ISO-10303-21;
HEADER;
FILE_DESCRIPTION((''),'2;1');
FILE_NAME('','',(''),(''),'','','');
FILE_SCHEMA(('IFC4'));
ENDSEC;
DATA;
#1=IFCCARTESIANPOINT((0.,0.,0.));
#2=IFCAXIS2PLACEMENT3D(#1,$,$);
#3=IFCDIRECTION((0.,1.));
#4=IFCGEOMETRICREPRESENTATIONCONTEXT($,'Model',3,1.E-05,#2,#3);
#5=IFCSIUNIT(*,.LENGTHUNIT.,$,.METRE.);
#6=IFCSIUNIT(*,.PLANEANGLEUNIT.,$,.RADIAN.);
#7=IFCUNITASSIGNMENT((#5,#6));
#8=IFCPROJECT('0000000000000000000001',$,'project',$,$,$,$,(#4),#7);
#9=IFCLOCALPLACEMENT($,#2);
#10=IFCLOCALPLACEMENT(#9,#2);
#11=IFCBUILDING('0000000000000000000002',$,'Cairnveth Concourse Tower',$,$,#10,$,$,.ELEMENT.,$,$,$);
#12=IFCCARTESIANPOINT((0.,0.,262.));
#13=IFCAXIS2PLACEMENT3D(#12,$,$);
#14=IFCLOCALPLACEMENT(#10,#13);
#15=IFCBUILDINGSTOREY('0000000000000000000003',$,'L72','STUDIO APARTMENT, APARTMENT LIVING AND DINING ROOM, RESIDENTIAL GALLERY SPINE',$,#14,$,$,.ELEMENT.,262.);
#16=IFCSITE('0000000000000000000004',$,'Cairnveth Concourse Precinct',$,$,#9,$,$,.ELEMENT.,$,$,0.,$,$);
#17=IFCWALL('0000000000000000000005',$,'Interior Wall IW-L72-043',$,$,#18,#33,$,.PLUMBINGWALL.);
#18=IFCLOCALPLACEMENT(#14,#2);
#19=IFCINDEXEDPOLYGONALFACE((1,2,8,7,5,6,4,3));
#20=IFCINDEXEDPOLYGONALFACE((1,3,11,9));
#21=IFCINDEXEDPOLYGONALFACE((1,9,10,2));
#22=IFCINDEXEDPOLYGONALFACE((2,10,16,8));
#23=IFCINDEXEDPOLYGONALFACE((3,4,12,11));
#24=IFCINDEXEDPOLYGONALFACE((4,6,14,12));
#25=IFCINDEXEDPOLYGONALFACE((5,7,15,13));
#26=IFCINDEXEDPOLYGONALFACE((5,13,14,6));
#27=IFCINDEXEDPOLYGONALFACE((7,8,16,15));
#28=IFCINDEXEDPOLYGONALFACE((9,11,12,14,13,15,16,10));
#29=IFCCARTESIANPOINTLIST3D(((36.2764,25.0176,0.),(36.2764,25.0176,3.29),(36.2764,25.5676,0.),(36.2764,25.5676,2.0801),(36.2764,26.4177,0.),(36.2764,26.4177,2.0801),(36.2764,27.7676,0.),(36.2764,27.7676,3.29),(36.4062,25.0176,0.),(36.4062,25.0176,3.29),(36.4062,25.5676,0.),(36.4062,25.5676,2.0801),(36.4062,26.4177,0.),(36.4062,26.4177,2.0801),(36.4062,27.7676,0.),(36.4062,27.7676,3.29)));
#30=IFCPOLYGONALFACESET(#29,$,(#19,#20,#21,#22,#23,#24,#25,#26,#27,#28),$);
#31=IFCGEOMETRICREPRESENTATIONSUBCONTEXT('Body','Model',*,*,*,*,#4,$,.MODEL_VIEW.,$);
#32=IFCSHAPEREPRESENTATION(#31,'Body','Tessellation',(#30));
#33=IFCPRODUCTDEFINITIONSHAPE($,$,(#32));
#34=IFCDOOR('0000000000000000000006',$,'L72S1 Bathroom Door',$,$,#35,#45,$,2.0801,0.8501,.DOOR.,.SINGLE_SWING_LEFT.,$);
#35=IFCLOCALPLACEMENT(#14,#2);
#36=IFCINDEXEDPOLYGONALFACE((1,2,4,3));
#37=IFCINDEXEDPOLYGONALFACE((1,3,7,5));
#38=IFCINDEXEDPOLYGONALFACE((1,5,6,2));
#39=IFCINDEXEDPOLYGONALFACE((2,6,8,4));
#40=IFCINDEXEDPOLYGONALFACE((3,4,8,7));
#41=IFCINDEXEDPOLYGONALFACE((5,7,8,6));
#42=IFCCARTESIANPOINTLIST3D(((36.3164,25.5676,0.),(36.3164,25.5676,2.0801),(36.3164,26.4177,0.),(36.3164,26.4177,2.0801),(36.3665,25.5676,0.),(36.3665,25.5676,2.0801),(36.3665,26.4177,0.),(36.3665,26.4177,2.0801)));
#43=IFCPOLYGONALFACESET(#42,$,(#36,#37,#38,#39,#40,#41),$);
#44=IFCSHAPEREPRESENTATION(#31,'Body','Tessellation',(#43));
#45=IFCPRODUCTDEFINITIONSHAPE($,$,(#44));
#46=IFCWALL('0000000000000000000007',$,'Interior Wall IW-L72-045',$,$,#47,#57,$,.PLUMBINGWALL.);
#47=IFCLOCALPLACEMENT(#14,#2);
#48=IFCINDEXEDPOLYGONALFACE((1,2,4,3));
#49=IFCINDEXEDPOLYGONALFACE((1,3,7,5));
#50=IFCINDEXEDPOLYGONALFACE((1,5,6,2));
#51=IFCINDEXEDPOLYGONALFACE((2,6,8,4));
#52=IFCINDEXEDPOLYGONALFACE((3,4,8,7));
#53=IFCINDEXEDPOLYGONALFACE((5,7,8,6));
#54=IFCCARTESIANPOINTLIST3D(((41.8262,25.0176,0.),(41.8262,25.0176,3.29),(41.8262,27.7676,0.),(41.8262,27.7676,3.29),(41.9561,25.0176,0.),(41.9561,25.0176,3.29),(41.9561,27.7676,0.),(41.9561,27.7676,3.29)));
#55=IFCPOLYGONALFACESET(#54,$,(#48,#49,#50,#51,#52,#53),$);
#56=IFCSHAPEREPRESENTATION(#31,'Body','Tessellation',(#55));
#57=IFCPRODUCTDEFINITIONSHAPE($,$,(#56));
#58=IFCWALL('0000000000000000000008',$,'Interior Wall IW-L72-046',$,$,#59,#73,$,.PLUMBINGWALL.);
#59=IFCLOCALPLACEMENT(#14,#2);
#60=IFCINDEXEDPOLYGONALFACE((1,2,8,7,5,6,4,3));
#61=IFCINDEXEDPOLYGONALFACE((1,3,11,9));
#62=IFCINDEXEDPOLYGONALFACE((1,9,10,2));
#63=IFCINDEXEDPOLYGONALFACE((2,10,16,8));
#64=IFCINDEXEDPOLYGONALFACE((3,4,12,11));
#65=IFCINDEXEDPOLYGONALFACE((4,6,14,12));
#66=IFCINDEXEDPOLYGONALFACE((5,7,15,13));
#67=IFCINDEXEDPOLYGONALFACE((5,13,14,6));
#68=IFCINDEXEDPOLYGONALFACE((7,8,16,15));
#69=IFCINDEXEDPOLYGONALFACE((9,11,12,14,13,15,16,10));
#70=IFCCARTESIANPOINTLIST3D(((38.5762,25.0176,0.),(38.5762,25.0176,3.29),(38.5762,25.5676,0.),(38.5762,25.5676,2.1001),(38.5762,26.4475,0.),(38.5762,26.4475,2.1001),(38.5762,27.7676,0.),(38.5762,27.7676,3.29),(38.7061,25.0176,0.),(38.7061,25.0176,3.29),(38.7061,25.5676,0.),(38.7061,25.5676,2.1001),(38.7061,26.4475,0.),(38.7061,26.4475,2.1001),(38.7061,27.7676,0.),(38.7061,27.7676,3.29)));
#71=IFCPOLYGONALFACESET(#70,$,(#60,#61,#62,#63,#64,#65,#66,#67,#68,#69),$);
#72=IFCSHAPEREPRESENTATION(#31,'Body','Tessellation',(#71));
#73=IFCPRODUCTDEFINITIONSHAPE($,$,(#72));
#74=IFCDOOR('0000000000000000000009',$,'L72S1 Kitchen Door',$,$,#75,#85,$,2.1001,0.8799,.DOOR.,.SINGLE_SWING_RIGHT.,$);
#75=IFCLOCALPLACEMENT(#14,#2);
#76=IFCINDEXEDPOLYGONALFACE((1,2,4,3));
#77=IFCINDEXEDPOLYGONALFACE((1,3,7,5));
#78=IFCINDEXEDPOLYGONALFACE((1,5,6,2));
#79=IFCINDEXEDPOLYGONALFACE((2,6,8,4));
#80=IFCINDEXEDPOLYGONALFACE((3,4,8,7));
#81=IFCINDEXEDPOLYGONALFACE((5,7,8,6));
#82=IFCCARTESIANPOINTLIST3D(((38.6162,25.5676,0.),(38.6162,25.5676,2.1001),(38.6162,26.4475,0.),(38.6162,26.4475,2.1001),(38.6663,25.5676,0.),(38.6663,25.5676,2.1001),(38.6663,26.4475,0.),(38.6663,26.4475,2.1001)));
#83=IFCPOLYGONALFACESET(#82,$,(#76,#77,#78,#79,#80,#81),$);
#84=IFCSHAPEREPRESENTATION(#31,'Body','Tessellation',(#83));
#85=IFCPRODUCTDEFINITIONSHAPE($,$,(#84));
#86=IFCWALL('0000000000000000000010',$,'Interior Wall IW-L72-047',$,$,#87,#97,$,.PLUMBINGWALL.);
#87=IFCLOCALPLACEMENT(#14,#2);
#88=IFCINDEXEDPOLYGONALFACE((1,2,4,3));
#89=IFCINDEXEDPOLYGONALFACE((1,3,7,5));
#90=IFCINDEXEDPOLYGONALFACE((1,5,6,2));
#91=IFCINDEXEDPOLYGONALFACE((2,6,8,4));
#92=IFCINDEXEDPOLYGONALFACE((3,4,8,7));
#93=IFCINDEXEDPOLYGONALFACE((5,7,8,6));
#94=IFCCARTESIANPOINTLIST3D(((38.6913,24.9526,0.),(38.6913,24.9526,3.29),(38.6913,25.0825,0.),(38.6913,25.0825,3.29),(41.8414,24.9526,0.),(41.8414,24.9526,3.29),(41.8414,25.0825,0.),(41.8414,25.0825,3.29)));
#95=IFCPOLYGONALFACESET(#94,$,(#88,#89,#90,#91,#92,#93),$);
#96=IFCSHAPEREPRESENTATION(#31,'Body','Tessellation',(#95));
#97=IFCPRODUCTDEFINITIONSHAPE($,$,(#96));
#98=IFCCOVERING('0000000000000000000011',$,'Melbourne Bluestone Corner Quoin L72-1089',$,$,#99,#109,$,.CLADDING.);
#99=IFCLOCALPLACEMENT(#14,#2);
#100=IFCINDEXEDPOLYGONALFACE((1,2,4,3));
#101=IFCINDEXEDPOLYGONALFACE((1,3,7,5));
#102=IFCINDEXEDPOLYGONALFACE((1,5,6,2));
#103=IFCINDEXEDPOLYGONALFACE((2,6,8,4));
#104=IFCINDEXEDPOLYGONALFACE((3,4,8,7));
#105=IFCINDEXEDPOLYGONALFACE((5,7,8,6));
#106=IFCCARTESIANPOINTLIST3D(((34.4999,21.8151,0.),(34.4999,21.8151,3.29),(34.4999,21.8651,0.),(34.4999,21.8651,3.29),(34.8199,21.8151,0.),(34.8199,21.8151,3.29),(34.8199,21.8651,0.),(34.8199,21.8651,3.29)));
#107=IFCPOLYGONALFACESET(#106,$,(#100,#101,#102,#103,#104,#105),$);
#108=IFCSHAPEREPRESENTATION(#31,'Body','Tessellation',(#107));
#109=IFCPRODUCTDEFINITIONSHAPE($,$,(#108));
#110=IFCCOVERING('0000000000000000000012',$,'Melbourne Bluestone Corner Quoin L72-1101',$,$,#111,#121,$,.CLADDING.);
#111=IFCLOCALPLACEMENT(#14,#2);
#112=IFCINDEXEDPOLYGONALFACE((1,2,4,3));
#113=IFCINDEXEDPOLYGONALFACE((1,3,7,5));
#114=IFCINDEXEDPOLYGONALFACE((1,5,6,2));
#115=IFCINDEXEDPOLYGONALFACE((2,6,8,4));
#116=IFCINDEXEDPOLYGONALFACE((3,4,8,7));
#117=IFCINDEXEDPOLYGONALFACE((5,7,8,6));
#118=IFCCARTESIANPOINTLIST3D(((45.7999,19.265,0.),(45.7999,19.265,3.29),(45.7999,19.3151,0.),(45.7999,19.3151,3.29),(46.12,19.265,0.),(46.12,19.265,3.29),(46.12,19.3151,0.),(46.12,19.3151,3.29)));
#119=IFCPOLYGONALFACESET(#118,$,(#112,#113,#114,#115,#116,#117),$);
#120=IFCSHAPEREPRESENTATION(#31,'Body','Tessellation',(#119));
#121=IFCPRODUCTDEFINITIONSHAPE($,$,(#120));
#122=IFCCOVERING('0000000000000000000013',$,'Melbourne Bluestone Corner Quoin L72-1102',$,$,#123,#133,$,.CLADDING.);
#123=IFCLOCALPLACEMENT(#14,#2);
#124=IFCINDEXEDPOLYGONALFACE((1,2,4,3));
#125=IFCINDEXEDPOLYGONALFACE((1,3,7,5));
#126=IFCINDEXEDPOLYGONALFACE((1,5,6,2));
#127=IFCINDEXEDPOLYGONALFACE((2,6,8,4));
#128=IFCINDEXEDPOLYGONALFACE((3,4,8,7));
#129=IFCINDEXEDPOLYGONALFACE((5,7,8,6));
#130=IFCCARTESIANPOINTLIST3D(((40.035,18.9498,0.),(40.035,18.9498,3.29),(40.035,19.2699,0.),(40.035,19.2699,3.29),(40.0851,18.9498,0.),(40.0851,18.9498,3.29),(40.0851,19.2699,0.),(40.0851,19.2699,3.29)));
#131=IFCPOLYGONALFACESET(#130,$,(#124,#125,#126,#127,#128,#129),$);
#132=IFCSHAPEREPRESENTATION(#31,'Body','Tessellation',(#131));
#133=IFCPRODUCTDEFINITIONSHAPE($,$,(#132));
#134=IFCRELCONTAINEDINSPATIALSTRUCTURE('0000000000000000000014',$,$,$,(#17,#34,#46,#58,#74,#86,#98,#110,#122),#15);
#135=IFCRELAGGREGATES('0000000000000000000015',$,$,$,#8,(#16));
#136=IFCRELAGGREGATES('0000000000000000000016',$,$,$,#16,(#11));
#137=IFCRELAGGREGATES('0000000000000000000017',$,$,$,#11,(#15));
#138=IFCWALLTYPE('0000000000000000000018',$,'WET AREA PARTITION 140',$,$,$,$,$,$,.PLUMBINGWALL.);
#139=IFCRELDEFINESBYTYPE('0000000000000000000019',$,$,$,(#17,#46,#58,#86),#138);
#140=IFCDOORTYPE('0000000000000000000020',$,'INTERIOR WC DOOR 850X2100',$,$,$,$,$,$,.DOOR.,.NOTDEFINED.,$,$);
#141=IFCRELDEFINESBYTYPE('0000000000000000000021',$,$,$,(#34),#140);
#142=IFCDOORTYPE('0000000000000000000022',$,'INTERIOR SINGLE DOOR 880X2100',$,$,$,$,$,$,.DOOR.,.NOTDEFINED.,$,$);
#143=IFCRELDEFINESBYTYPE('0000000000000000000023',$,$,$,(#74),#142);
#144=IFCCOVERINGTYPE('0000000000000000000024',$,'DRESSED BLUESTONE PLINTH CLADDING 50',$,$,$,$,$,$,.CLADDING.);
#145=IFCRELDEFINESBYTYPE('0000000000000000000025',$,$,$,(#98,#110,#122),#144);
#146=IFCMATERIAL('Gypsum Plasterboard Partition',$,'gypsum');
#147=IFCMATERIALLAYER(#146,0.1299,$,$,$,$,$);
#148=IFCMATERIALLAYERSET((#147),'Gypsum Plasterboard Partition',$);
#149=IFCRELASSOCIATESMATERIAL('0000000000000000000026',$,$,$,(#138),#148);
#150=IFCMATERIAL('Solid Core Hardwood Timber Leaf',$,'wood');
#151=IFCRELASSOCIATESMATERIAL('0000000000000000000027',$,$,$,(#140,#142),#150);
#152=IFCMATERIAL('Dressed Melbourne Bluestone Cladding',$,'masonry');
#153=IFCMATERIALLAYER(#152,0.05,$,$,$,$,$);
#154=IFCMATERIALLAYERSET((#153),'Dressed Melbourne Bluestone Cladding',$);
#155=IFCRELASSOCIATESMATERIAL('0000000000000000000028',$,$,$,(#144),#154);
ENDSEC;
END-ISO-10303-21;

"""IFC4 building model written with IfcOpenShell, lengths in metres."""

from ifc_helpers import new_model, si_unit, direction, frame, frame_2d, origin, place, context, subcontext, project, spatial, rectangle, extrude, material, layer, layer_set, type_object, element, fill, save


model = new_model("IFC4")

# Units and contexts
model_context = context("Model", 3, precision=1e-05, world=origin(), true_north=direction((0.0, 1.0)))
body_context = subcontext(model_context, "Body", "Model", "MODEL_VIEW")
ifc_project = project(units=[si_unit("LENGTHUNIT", "METRE"), si_unit("PLANEANGLEUNIT", "RADIAN")], contexts=[model_context])

# Site, building, storey
site_placement = place(None, origin())
site = spatial("IfcSite", under=ifc_project, at=site_placement, Name="Cairnveth Concourse Precinct", CompositionType="ELEMENT", RefElevation=0.0)
building_placement = place(site_placement, origin())
building = spatial("IfcBuilding", under=site, at=building_placement, Name="Cairnveth Concourse Tower", CompositionType="ELEMENT")
storey_placement = place(building_placement, frame((0.0, 0.0, 262.0)))
storey = spatial("IfcBuildingStorey", under=building, at=storey_placement, Name="L72", Description="STUDIO APARTMENT, APARTMENT LIVING AND DINING ROOM, RESIDENTIAL GALLERY SPINE", CompositionType="ELEMENT", Elevation=262.0)

# Shared definitions
ifc_material_1 = material(Name="Gypsum Plasterboard Partition", Category="gypsum")

# Shared definitions
ifc_material_2 = material(Name="Solid Core Hardwood Timber Leaf", Category="wood")

# Wall, opening, door
ifc_layer_1 = layer(ifc_material_1, 0.1299)
ifc_layer_set_1 = layer_set([ifc_layer_1], Name="Gypsum Plasterboard Partition")
wall_type_1 = type_object("IfcWallType", Name="WET AREA PARTITION 140", PredefinedType="PLUMBINGWALL", material=ifc_layer_set_1)
wall_1_placement = place(storey_placement, frame((36.3413, 25.0176, 0.0), z_axis=(0.0, 0.0, 1.0), x_axis=(0.0, 1.0, 0.0)))
wall_1 = element("IfcWall", 1, at=wall_1_placement, inside=storey, type_object=wall_type_1, Name="Interior Wall IW-L72-043", PredefinedType="PLUMBINGWALL", context=body_context, shape_type="SweptSolid", body=[
    extrude(rectangle(XDim=2.75, YDim=0.1299, at=frame_2d((1.375, 0.0))), origin(), (0.0, 0.0, 1.0), 3.29),
])
opening_1_placement = place(wall_1_placement, frame((0.55, 0.0, 0.0)))
opening_1 = element("IfcOpeningElement", 2, at=opening_1_placement, cuts=wall_1, PredefinedType="OPENING", context=body_context, shape_type="SweptSolid", body=[
    extrude(rectangle(XDim=0.8501, YDim=2.0801, at=frame_2d((0.425, 1.04))), frame((0.0, 0.075, 0.0), z_axis=(0.0, -1.0, 0.0), x_axis=(1.0, 0.0, 0.0)), (0.0, 0.0, 1.0), 0.1499),
])
door_type_1 = type_object("IfcDoorType", Name="INTERIOR WC DOOR 850X2100", OperationType="NOTDEFINED", PredefinedType="DOOR", material=ifc_material_2)
door_1_placement = place(opening_1_placement, origin())
door_1 = element("IfcDoor", 3, at=door_1_placement, inside=storey, type_object=door_type_1, Name="L72S1 Bathroom Door", OperationType="SINGLE_SWING_LEFT", OverallHeight=2.0801, OverallWidth=0.8501, PredefinedType="DOOR", context=body_context, shape_type="SweptSolid", body=[
    extrude(rectangle(XDim=0.8501, YDim=2.0801, at=frame_2d((0.425, 1.04))), frame((0.0, 0.0249, 0.0), z_axis=(0.0, -1.0, 0.0), x_axis=(1.0, 0.0, 0.0)), (0.0, 0.0, 1.0), 0.05),
])
fill(opening_1, door_1)

# Wall
wall_2_placement = place(storey_placement, frame((41.8911, 25.0176, 0.0), z_axis=(0.0, 0.0, 1.0), x_axis=(0.0, 1.0, 0.0)))
element("IfcWall", 4, at=wall_2_placement, inside=storey, type_object=wall_type_1, Name="Interior Wall IW-L72-045", PredefinedType="PLUMBINGWALL", context=body_context, shape_type="SweptSolid", body=[
    extrude(rectangle(XDim=2.75, YDim=0.1299, at=frame_2d((1.375, 0.0))), origin(), (0.0, 0.0, 1.0), 3.29),
])

# Wall, opening, door
wall_3_placement = place(storey_placement, frame((38.6411, 25.0176, 0.0), z_axis=(0.0, 0.0, 1.0), x_axis=(0.0, 1.0, 0.0)))
wall_3 = element("IfcWall", 5, at=wall_3_placement, inside=storey, type_object=wall_type_1, Name="Interior Wall IW-L72-046", PredefinedType="PLUMBINGWALL", context=body_context, shape_type="SweptSolid", body=[
    extrude(rectangle(XDim=2.75, YDim=0.1299, at=frame_2d((1.375, 0.0))), origin(), (0.0, 0.0, 1.0), 3.29),
])
opening_2_placement = place(wall_3_placement, frame((0.55, 0.0, 0.0)))
opening_2 = element("IfcOpeningElement", 6, at=opening_2_placement, cuts=wall_3, PredefinedType="OPENING", context=body_context, shape_type="SweptSolid", body=[
    extrude(rectangle(XDim=0.8799, YDim=2.1001, at=frame_2d((0.4399, 1.05))), frame((0.0, 0.075, 0.0), z_axis=(0.0, -1.0, 0.0), x_axis=(1.0, 0.0, 0.0)), (0.0, 0.0, 1.0), 0.1499),
])
door_type_2 = type_object("IfcDoorType", Name="INTERIOR SINGLE DOOR 880X2100", OperationType="NOTDEFINED", PredefinedType="DOOR", material=ifc_material_2)
door_2_placement = place(opening_2_placement, origin())
door_2 = element("IfcDoor", 7, at=door_2_placement, inside=storey, type_object=door_type_2, Name="L72S1 Kitchen Door", OperationType="SINGLE_SWING_RIGHT", OverallHeight=2.1001, OverallWidth=0.8799, PredefinedType="DOOR", context=body_context, shape_type="SweptSolid", body=[
    extrude(rectangle(XDim=0.8799, YDim=2.1001, at=frame_2d((0.4399, 1.05))), frame((0.0, 0.0249, 0.0), z_axis=(0.0, -1.0, 0.0), x_axis=(1.0, 0.0, 0.0)), (0.0, 0.0, 1.0), 0.05),
])
fill(opening_2, door_2)

# Wall
wall_4_placement = place(storey_placement, frame((38.6912, 25.0176, 0.0), z_axis=(0.0, 0.0, 1.0), x_axis=(1.0, 0.0, 0.0)))
element("IfcWall", 8, at=wall_4_placement, inside=storey, type_object=wall_type_1, Name="Interior Wall IW-L72-047", PredefinedType="PLUMBINGWALL", context=body_context, shape_type="SweptSolid", body=[
    extrude(rectangle(XDim=3.1501, YDim=0.1299, at=frame_2d((1.5752, 0.0))), origin(), (0.0, 0.0, 1.0), 3.29),
])

# Coverings
ifc_material_3 = material(Name="Dressed Melbourne Bluestone Cladding", Category="masonry")
ifc_layer_2 = layer(ifc_material_3, 0.05)
ifc_layer_set_2 = layer_set([ifc_layer_2], Name="Dressed Melbourne Bluestone Cladding")
covering_type = type_object("IfcCoveringType", Name="DRESSED BLUESTONE PLINTH CLADDING 50", PredefinedType="CLADDING", material=ifc_layer_set_2)
for number, where, z_axis, x_axis, name in (
    (9, (34.8201, 21.8401, 0.0), (0.0, 0.0, 1.0), (-1.0, 0.0, 0.0), "Melbourne Bluestone Corner Quoin L72-1089"),
    (10, (46.1201, 19.29, 0.0), (0.0, 0.0, 1.0), (-1.0, 0.0, 0.0), "Melbourne Bluestone Corner Quoin L72-1101"),
    (11, (40.0601, 19.27, 0.0), (0.0, 0.0, 1.0), (0.0, -1.0, 0.0), "Melbourne Bluestone Corner Quoin L72-1102"),
):
    element("IfcCovering", number, at=place(storey_placement, frame(where, z_axis=z_axis, x_axis=x_axis)), inside=storey, type_object=covering_type, Name=name, PredefinedType="CLADDING", context=body_context, shape_type="SweptSolid", body=[
        extrude(rectangle(XDim=0.3201, YDim=0.05, at=frame_2d((0.1602, 0.0))), origin(), (0.0, 0.0, 1.0), 3.29),
    ])

save(model, "model.ifc")
